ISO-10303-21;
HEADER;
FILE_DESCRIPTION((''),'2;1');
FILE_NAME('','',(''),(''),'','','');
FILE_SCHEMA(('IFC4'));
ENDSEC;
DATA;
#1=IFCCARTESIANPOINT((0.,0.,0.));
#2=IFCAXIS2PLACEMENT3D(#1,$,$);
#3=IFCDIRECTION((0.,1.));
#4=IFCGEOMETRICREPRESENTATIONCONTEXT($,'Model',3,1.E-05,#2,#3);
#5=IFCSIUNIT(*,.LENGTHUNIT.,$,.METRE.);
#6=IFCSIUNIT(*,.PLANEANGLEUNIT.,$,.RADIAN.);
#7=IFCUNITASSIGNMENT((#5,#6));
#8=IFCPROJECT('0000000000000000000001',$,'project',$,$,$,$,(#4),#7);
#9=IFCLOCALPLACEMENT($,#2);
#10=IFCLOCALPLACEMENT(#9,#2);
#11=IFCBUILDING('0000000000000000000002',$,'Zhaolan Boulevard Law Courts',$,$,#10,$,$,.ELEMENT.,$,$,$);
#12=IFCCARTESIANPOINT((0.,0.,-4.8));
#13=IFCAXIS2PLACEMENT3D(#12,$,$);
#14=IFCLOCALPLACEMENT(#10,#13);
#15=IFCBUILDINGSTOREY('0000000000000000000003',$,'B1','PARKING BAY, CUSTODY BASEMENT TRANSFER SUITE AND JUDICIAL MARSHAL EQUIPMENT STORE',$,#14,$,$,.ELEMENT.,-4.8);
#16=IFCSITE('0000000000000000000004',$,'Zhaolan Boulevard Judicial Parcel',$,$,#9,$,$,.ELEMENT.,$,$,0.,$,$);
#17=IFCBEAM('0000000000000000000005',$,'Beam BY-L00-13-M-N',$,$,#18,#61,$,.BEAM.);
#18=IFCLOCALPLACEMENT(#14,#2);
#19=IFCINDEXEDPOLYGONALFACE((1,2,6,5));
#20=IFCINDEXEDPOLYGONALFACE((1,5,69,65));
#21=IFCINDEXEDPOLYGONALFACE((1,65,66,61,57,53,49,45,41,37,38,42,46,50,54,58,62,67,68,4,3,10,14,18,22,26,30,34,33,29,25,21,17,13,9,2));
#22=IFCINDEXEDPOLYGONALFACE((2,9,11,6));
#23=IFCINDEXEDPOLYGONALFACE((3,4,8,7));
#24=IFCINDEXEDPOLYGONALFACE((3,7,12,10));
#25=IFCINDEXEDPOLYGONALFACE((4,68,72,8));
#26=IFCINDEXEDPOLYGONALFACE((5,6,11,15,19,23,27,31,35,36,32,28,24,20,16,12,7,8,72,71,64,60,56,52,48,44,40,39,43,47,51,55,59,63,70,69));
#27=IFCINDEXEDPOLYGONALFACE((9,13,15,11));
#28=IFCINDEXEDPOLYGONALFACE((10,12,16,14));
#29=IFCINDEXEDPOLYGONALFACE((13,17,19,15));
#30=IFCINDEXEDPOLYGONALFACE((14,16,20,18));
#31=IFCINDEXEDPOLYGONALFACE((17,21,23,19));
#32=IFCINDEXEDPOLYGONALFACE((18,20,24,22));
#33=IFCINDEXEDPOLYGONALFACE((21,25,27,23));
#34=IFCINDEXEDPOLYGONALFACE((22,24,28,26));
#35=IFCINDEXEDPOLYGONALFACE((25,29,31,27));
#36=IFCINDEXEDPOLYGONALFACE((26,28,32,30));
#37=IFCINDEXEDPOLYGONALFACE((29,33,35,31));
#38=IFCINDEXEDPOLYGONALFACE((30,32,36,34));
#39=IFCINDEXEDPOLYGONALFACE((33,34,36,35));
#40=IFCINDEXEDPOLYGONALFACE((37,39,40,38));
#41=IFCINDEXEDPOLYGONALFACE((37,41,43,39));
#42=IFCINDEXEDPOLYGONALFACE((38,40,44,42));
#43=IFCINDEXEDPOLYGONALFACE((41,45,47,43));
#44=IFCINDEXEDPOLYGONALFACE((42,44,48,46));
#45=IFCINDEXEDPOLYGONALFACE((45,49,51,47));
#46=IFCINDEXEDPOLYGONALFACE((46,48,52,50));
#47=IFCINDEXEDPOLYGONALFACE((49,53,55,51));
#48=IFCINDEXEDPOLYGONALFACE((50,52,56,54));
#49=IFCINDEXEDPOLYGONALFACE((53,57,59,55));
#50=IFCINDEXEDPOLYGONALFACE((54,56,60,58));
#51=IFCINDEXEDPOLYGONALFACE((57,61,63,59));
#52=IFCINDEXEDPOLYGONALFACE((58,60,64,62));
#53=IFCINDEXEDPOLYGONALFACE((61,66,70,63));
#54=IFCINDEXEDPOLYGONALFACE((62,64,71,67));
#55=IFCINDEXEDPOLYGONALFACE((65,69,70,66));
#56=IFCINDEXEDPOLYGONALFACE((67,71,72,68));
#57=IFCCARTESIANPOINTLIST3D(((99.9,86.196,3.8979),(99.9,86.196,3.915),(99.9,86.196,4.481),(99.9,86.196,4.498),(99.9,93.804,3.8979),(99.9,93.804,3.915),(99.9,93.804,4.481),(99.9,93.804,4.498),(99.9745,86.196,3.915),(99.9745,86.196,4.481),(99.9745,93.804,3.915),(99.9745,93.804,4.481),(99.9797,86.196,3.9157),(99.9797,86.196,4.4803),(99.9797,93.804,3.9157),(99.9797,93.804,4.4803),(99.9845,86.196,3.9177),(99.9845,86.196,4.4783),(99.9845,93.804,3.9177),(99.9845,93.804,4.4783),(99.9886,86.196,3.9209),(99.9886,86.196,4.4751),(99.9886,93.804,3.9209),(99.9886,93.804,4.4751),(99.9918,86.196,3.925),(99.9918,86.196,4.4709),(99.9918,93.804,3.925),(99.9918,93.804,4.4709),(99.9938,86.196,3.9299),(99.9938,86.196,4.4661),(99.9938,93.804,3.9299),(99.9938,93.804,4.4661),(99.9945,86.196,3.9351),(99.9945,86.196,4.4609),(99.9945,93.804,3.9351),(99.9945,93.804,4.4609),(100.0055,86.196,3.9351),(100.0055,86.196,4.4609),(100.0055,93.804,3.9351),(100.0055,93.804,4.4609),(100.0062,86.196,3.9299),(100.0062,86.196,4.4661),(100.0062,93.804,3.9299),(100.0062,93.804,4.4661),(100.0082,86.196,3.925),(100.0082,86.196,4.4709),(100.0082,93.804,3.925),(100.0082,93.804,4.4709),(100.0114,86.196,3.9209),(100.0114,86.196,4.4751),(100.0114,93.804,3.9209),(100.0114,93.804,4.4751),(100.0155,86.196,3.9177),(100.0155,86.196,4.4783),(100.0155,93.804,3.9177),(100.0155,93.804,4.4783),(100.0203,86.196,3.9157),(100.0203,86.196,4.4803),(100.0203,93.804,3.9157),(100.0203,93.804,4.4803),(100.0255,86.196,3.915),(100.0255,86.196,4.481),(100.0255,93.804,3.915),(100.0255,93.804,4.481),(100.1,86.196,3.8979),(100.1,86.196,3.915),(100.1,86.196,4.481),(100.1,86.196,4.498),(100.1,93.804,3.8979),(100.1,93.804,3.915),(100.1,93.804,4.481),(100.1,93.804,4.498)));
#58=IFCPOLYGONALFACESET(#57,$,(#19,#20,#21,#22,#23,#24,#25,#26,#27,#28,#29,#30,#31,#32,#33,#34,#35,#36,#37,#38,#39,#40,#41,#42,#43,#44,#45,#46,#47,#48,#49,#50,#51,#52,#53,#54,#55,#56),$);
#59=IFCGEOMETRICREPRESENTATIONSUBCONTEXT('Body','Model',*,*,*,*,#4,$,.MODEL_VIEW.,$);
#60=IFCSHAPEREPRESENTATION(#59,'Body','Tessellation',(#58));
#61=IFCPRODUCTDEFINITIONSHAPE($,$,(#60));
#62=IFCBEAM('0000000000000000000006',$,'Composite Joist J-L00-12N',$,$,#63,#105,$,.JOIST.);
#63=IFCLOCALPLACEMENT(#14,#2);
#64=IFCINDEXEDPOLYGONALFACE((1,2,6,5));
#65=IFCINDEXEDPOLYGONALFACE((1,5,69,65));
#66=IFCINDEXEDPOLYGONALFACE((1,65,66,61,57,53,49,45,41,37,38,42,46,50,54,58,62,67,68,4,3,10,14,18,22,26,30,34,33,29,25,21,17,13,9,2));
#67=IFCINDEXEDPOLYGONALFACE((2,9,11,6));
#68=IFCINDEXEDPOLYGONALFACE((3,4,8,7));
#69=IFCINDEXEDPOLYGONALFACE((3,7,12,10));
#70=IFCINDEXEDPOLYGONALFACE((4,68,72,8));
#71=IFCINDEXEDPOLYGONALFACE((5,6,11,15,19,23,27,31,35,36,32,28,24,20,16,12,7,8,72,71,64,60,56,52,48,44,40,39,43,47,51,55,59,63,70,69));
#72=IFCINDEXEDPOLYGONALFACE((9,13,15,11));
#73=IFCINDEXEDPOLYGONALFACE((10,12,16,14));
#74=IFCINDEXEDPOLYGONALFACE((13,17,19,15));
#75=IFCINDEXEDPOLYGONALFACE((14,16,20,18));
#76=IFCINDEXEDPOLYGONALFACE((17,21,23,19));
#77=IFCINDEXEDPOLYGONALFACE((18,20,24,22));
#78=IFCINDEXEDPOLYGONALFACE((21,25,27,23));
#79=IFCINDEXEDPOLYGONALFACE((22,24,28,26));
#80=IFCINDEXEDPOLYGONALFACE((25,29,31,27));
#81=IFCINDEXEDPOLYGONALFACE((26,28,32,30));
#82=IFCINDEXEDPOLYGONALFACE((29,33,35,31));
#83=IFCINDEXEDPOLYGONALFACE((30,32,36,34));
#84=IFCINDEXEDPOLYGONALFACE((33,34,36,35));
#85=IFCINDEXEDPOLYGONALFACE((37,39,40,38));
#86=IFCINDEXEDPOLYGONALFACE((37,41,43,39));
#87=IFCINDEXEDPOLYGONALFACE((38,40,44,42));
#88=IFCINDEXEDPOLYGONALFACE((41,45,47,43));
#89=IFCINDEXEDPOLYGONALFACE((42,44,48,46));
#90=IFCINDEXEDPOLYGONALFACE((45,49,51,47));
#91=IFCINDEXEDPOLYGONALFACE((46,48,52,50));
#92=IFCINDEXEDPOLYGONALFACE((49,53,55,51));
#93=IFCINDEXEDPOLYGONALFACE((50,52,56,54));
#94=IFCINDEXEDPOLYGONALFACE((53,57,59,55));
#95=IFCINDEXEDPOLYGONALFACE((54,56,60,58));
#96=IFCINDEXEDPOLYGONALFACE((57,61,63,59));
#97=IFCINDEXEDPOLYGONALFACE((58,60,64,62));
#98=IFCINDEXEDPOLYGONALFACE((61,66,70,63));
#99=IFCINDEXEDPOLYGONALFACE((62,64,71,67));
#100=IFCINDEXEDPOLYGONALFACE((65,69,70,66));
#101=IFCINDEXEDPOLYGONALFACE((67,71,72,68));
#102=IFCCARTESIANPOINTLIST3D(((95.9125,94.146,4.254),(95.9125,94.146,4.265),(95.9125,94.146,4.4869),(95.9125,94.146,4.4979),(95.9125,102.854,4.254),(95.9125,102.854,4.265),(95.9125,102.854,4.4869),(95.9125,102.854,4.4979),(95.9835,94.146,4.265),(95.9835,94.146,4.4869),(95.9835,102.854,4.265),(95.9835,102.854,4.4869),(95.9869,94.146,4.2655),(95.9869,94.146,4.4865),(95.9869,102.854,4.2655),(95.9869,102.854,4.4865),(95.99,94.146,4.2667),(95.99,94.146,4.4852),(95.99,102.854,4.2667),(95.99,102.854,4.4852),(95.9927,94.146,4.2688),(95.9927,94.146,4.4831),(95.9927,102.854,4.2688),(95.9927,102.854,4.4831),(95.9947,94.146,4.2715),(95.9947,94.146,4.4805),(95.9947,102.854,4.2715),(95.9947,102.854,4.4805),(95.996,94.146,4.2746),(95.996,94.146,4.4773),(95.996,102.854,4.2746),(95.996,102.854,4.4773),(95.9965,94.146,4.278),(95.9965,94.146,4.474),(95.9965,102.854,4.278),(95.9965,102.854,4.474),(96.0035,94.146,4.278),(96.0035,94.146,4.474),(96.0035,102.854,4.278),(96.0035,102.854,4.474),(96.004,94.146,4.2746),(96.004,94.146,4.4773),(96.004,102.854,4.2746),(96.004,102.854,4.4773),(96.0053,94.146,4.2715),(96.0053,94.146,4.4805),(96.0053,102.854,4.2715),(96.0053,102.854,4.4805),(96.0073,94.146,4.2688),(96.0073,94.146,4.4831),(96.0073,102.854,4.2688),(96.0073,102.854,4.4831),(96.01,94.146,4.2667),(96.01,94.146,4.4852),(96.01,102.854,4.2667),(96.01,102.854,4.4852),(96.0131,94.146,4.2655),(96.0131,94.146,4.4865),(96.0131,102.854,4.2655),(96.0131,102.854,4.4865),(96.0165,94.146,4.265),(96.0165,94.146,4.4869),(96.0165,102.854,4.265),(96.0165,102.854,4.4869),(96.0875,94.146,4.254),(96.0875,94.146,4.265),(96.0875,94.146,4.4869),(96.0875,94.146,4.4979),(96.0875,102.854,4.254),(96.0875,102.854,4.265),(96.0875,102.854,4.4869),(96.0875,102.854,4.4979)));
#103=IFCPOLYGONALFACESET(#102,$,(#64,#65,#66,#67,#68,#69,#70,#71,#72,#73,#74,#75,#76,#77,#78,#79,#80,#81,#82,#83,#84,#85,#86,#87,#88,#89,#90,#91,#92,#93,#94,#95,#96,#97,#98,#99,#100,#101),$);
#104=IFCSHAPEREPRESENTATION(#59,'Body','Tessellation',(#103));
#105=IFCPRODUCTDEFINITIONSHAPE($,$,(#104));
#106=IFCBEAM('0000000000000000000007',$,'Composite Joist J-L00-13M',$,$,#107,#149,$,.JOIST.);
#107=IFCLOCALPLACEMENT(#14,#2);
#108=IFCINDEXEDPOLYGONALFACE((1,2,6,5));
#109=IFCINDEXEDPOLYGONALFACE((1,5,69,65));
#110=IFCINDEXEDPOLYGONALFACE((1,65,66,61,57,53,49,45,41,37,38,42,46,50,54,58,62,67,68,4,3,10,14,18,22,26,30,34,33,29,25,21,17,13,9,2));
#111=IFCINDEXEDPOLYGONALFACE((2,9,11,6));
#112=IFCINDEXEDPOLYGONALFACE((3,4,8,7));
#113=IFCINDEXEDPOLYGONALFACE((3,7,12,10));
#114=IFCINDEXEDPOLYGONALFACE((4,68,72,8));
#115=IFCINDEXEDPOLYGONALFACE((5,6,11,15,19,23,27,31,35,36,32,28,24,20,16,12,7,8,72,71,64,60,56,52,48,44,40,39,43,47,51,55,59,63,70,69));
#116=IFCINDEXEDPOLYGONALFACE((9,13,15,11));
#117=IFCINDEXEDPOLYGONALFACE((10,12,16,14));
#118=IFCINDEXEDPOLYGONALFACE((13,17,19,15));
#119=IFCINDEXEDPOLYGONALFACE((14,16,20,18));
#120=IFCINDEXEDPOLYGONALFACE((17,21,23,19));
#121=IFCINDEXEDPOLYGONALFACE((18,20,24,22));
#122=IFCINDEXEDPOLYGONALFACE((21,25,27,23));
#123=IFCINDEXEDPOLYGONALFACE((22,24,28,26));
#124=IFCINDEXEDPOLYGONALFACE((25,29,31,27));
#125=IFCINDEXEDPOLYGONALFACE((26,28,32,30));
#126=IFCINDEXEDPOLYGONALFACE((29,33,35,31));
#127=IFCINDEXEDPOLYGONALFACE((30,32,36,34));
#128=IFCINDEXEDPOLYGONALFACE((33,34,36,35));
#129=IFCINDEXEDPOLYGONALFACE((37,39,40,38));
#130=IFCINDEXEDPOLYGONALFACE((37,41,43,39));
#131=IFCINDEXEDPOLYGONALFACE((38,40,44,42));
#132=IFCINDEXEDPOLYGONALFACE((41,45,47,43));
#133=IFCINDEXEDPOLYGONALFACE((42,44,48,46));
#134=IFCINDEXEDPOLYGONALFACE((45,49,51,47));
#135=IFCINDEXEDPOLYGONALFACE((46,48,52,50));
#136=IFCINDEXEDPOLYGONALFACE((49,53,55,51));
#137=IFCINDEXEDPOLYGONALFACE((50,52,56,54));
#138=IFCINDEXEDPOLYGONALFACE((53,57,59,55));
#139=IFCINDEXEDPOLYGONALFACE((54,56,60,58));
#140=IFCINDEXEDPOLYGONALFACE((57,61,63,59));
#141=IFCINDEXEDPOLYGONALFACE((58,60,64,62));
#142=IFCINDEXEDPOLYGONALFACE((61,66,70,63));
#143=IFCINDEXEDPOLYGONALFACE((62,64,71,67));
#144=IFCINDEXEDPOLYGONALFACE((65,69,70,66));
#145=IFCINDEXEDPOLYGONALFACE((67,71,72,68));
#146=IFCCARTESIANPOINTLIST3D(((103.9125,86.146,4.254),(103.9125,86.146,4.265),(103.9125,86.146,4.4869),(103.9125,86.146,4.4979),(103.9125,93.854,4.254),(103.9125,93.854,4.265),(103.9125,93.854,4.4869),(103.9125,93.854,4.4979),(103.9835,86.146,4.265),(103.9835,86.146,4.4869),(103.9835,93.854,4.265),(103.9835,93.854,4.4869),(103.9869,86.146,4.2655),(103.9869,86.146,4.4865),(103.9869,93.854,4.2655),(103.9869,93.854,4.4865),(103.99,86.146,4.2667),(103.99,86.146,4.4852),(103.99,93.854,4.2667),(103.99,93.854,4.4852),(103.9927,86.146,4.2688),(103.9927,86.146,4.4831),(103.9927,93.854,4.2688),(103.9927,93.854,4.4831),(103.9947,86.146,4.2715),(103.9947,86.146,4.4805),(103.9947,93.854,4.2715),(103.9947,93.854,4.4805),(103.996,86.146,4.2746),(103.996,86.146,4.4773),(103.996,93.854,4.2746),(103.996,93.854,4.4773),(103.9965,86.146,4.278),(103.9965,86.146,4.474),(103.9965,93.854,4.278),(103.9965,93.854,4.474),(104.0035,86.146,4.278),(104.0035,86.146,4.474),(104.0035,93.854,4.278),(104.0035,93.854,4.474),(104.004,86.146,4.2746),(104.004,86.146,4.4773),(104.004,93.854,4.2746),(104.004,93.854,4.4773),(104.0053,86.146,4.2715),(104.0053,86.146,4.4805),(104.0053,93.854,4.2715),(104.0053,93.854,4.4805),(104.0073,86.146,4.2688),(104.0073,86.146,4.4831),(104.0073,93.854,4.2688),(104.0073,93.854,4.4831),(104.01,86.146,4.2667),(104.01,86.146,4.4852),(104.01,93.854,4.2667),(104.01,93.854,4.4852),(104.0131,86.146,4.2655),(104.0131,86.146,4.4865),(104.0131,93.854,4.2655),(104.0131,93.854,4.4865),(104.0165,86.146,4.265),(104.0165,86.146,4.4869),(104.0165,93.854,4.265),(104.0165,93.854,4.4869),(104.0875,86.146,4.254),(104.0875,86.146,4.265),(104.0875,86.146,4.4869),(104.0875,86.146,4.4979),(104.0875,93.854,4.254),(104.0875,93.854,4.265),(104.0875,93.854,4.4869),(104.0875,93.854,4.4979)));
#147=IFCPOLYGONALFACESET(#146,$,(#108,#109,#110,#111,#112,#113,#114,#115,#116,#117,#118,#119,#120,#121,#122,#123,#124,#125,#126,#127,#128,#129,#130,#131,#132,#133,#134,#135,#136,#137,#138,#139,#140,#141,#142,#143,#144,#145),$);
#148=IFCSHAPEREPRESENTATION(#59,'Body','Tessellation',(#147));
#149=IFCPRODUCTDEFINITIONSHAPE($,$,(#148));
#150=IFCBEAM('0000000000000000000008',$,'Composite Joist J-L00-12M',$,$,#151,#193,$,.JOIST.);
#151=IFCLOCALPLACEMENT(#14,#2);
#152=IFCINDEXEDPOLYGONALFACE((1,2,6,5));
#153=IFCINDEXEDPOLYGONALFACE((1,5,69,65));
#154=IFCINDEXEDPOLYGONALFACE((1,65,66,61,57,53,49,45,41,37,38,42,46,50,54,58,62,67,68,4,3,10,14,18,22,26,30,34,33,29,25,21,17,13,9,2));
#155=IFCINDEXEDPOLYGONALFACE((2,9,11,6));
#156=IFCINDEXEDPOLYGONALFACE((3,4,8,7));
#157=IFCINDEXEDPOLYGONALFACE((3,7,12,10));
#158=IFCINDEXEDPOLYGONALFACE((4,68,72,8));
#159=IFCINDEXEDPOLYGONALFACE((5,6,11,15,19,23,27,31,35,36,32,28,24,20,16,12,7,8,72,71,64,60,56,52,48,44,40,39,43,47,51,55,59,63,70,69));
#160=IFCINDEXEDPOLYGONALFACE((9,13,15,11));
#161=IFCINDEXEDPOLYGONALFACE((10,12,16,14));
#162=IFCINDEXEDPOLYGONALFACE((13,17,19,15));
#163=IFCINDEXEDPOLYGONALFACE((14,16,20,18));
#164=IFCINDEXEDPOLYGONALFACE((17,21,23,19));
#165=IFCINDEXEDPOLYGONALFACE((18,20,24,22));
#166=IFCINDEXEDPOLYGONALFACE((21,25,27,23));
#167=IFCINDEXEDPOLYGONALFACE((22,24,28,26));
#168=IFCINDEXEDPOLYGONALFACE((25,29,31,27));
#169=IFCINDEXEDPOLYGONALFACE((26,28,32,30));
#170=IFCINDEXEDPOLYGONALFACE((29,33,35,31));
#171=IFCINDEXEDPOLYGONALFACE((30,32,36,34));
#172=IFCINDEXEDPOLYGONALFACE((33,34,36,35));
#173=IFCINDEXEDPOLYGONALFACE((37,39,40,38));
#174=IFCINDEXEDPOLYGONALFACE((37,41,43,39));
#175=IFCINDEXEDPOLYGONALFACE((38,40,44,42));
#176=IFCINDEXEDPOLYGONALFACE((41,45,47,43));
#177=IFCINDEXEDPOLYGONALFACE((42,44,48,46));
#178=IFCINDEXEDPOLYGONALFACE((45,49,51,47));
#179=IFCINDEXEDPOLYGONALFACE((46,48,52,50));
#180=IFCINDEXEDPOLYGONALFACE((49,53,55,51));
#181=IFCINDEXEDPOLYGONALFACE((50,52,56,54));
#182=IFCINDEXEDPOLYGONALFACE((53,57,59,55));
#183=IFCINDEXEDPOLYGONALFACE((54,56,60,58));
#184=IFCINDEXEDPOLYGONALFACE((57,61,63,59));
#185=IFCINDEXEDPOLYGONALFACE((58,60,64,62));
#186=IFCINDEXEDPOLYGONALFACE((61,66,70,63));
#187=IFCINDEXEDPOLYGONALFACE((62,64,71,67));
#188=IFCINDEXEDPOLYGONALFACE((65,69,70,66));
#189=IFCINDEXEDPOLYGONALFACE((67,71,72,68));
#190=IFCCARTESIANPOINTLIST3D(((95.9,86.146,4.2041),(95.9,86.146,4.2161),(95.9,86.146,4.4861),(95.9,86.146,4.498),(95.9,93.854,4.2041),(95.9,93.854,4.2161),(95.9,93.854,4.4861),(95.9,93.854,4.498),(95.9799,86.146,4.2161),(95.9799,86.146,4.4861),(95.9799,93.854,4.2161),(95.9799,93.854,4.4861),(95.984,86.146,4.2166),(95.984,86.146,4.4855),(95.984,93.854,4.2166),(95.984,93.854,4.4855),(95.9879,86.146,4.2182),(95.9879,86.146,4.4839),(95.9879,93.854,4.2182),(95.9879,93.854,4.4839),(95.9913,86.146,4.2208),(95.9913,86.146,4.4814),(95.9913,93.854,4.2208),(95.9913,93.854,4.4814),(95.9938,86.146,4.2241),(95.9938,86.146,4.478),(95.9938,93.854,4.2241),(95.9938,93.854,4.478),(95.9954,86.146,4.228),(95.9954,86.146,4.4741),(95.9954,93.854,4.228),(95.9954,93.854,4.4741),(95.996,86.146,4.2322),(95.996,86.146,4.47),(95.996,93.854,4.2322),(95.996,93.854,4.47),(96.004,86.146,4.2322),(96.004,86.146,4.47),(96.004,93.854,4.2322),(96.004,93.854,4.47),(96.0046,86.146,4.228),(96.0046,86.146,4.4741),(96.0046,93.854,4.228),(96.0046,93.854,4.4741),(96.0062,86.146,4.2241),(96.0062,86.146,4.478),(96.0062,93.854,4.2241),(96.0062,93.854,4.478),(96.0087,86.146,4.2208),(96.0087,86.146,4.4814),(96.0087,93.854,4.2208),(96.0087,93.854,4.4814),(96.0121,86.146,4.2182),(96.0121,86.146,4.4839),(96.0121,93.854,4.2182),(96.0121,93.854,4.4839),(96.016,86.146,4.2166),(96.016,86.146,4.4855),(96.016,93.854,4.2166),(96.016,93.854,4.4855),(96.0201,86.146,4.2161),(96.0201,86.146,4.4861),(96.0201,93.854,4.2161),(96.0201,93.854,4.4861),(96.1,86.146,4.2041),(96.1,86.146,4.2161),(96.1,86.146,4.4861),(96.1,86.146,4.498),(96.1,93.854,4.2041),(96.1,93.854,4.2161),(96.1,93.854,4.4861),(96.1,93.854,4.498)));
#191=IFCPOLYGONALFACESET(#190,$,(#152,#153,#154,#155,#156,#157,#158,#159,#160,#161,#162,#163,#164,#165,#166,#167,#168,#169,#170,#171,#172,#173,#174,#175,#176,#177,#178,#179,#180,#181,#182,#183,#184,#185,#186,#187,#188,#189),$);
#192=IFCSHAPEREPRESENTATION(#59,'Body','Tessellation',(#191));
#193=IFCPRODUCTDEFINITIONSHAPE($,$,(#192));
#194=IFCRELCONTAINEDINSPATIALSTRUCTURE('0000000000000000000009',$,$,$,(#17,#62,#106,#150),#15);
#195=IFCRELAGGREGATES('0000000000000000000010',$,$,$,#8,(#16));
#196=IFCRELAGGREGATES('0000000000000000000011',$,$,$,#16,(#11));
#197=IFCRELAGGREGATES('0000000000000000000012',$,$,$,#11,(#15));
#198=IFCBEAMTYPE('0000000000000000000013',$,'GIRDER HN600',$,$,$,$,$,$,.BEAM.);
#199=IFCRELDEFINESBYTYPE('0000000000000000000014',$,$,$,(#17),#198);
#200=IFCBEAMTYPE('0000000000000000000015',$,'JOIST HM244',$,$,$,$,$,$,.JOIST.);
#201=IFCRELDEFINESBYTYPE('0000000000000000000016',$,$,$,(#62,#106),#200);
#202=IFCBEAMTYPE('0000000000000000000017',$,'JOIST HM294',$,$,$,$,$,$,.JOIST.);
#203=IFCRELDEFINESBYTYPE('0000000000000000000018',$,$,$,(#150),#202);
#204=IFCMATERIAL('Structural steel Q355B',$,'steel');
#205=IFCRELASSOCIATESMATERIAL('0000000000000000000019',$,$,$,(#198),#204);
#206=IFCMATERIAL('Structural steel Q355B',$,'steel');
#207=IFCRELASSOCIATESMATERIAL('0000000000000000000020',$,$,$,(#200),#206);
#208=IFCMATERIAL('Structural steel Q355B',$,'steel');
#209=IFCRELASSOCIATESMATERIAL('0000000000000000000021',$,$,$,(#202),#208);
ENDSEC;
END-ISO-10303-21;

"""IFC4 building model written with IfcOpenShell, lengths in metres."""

from ifc_helpers import new_model, si_unit, direction, frame, origin, origin_2d, place, context, subcontext, project, spatial, i_section, extrude, material, material_profile, profile_set, type_object, element, save


model = new_model("IFC4")

# Units and contexts
model_context = context("Model", 3, precision=1e-05, world=origin(), true_north=direction((0.0, 1.0)))
body_context = subcontext(model_context, "Body", "Model", "MODEL_VIEW")
ifc_project = project(units=[si_unit("LENGTHUNIT", "METRE"), si_unit("PLANEANGLEUNIT", "RADIAN")], contexts=[model_context])

# Site, building, storey
site_placement = place(None, origin())
site = spatial("IfcSite", under=ifc_project, at=site_placement, Name="Zhaolan Boulevard Judicial Parcel", CompositionType="ELEMENT", RefElevation=0.0)
building_placement = place(site_placement, origin())
building = spatial("IfcBuilding", under=site, at=building_placement, Name="Zhaolan Boulevard Law Courts", CompositionType="ELEMENT")
storey_placement = place(building_placement, frame((0.0, 0.0, -4.8)))
storey = spatial("IfcBuildingStorey", under=building, at=storey_placement, Name="B1", Description="PARKING BAY, CUSTODY BASEMENT TRANSFER SUITE AND JUDICIAL MARSHAL EQUIPMENT STORE", CompositionType="ELEMENT", Elevation=-4.8)

# Beams
ifc_material_1 = material(Name="Structural steel Q355B", Category="steel")
ifc_material_profile_1 = material_profile(ifc_material_1, i_section(OverallWidth=0.2, OverallDepth=0.6001, WebThickness=0.011, FlangeThickness=0.0171, FilletRadius=0.02, at=origin_2d()), Name="HN600x200")
ifc_profile_set_1 = profile_set([ifc_material_profile_1], Name="Structural steel Q355B")
beam_type_1 = type_object("IfcBeamType", Name="GIRDER HN600", PredefinedType="BEAM", material=ifc_profile_set_1)
beam_1_placement = place(storey_placement, frame((100.0, 86.196, 4.198), z_axis=(0.0, 1.0, 0.0), x_axis=(-1.0, 0.0, 0.0)))
element("IfcBeam", 1, at=beam_1_placement, inside=storey, type_object=beam_type_1, Name="Beam BY-L00-13-M-N", PredefinedType="BEAM", context=body_context, shape_type="SweptSolid", body=[
    extrude(i_section(OverallWidth=0.2, OverallDepth=0.6001, WebThickness=0.011, FlangeThickness=0.0171, FilletRadius=0.02, at=origin_2d()), origin(), (0.0, 0.0, 1.0), 7.6079),
])
ifc_material_2 = material(Name="Structural steel Q355B", Category="steel")
ifc_material_profile_2 = material_profile(ifc_material_2, i_section(OverallWidth=0.175, OverallDepth=0.2439, WebThickness=0.0071, FlangeThickness=0.011, FilletRadius=0.0129, at=origin_2d()), Name="HM244x175")
ifc_profile_set_2 = profile_set([ifc_material_profile_2], Name="Structural steel Q355B")
beam_type_2 = type_object("IfcBeamType", Name="JOIST HM244", PredefinedType="JOIST", material=ifc_profile_set_2)
beam_2_placement = place(storey_placement, frame((96.0, 94.146, 4.376), z_axis=(0.0, 1.0, 0.0), x_axis=(-1.0, 0.0, 0.0)))
element("IfcBeam", 2, at=beam_2_placement, inside=storey, type_object=beam_type_2, Name="Composite Joist J-L00-12N", PredefinedType="JOIST", context=body_context, shape_type="SweptSolid", body=[
    extrude(i_section(OverallWidth=0.175, OverallDepth=0.2439, WebThickness=0.0071, FlangeThickness=0.011, FilletRadius=0.0129, at=origin_2d()), origin(), (0.0, 0.0, 1.0), 8.708),
])
beam_3_placement = place(storey_placement, frame((104.0, 86.146, 4.376), z_axis=(0.0, 1.0, 0.0), x_axis=(-1.0, 0.0, 0.0)))
element("IfcBeam", 3, at=beam_3_placement, inside=storey, type_object=beam_type_2, Name="Composite Joist J-L00-13M", PredefinedType="JOIST", context=body_context, shape_type="SweptSolid", body=[
    extrude(i_section(OverallWidth=0.175, OverallDepth=0.2439, WebThickness=0.0071, FlangeThickness=0.011, FilletRadius=0.0129, at=origin_2d()), origin(), (0.0, 0.0, 1.0), 7.708),
])
ifc_material_3 = material(Name="Structural steel Q355B", Category="steel")
ifc_material_profile_3 = material_profile(ifc_material_3, i_section(OverallWidth=0.2, OverallDepth=0.2939, WebThickness=0.0081, FlangeThickness=0.012, FilletRadius=0.0161, at=origin_2d()), Name="HM294x200")
ifc_profile_set_3 = profile_set([ifc_material_profile_3], Name="Structural steel Q355B")
beam_type_3 = type_object("IfcBeamType", Name="JOIST HM294", PredefinedType="JOIST", material=ifc_profile_set_3)
beam_4_placement = place(storey_placement, frame((96.0, 86.146, 4.3511), z_axis=(0.0, 1.0, 0.0), x_axis=(-1.0, 0.0, 0.0)))
element("IfcBeam", 4, at=beam_4_placement, inside=storey, type_object=beam_type_3, Name="Composite Joist J-L00-12M", PredefinedType="JOIST", context=body_context, shape_type="SweptSolid", body=[
    extrude(i_section(OverallWidth=0.2, OverallDepth=0.2939, WebThickness=0.0081, FlangeThickness=0.012, FilletRadius=0.0161, at=origin_2d()), origin(), (0.0, 0.0, 1.0), 7.708),
])

save(model, "model.ifc")
